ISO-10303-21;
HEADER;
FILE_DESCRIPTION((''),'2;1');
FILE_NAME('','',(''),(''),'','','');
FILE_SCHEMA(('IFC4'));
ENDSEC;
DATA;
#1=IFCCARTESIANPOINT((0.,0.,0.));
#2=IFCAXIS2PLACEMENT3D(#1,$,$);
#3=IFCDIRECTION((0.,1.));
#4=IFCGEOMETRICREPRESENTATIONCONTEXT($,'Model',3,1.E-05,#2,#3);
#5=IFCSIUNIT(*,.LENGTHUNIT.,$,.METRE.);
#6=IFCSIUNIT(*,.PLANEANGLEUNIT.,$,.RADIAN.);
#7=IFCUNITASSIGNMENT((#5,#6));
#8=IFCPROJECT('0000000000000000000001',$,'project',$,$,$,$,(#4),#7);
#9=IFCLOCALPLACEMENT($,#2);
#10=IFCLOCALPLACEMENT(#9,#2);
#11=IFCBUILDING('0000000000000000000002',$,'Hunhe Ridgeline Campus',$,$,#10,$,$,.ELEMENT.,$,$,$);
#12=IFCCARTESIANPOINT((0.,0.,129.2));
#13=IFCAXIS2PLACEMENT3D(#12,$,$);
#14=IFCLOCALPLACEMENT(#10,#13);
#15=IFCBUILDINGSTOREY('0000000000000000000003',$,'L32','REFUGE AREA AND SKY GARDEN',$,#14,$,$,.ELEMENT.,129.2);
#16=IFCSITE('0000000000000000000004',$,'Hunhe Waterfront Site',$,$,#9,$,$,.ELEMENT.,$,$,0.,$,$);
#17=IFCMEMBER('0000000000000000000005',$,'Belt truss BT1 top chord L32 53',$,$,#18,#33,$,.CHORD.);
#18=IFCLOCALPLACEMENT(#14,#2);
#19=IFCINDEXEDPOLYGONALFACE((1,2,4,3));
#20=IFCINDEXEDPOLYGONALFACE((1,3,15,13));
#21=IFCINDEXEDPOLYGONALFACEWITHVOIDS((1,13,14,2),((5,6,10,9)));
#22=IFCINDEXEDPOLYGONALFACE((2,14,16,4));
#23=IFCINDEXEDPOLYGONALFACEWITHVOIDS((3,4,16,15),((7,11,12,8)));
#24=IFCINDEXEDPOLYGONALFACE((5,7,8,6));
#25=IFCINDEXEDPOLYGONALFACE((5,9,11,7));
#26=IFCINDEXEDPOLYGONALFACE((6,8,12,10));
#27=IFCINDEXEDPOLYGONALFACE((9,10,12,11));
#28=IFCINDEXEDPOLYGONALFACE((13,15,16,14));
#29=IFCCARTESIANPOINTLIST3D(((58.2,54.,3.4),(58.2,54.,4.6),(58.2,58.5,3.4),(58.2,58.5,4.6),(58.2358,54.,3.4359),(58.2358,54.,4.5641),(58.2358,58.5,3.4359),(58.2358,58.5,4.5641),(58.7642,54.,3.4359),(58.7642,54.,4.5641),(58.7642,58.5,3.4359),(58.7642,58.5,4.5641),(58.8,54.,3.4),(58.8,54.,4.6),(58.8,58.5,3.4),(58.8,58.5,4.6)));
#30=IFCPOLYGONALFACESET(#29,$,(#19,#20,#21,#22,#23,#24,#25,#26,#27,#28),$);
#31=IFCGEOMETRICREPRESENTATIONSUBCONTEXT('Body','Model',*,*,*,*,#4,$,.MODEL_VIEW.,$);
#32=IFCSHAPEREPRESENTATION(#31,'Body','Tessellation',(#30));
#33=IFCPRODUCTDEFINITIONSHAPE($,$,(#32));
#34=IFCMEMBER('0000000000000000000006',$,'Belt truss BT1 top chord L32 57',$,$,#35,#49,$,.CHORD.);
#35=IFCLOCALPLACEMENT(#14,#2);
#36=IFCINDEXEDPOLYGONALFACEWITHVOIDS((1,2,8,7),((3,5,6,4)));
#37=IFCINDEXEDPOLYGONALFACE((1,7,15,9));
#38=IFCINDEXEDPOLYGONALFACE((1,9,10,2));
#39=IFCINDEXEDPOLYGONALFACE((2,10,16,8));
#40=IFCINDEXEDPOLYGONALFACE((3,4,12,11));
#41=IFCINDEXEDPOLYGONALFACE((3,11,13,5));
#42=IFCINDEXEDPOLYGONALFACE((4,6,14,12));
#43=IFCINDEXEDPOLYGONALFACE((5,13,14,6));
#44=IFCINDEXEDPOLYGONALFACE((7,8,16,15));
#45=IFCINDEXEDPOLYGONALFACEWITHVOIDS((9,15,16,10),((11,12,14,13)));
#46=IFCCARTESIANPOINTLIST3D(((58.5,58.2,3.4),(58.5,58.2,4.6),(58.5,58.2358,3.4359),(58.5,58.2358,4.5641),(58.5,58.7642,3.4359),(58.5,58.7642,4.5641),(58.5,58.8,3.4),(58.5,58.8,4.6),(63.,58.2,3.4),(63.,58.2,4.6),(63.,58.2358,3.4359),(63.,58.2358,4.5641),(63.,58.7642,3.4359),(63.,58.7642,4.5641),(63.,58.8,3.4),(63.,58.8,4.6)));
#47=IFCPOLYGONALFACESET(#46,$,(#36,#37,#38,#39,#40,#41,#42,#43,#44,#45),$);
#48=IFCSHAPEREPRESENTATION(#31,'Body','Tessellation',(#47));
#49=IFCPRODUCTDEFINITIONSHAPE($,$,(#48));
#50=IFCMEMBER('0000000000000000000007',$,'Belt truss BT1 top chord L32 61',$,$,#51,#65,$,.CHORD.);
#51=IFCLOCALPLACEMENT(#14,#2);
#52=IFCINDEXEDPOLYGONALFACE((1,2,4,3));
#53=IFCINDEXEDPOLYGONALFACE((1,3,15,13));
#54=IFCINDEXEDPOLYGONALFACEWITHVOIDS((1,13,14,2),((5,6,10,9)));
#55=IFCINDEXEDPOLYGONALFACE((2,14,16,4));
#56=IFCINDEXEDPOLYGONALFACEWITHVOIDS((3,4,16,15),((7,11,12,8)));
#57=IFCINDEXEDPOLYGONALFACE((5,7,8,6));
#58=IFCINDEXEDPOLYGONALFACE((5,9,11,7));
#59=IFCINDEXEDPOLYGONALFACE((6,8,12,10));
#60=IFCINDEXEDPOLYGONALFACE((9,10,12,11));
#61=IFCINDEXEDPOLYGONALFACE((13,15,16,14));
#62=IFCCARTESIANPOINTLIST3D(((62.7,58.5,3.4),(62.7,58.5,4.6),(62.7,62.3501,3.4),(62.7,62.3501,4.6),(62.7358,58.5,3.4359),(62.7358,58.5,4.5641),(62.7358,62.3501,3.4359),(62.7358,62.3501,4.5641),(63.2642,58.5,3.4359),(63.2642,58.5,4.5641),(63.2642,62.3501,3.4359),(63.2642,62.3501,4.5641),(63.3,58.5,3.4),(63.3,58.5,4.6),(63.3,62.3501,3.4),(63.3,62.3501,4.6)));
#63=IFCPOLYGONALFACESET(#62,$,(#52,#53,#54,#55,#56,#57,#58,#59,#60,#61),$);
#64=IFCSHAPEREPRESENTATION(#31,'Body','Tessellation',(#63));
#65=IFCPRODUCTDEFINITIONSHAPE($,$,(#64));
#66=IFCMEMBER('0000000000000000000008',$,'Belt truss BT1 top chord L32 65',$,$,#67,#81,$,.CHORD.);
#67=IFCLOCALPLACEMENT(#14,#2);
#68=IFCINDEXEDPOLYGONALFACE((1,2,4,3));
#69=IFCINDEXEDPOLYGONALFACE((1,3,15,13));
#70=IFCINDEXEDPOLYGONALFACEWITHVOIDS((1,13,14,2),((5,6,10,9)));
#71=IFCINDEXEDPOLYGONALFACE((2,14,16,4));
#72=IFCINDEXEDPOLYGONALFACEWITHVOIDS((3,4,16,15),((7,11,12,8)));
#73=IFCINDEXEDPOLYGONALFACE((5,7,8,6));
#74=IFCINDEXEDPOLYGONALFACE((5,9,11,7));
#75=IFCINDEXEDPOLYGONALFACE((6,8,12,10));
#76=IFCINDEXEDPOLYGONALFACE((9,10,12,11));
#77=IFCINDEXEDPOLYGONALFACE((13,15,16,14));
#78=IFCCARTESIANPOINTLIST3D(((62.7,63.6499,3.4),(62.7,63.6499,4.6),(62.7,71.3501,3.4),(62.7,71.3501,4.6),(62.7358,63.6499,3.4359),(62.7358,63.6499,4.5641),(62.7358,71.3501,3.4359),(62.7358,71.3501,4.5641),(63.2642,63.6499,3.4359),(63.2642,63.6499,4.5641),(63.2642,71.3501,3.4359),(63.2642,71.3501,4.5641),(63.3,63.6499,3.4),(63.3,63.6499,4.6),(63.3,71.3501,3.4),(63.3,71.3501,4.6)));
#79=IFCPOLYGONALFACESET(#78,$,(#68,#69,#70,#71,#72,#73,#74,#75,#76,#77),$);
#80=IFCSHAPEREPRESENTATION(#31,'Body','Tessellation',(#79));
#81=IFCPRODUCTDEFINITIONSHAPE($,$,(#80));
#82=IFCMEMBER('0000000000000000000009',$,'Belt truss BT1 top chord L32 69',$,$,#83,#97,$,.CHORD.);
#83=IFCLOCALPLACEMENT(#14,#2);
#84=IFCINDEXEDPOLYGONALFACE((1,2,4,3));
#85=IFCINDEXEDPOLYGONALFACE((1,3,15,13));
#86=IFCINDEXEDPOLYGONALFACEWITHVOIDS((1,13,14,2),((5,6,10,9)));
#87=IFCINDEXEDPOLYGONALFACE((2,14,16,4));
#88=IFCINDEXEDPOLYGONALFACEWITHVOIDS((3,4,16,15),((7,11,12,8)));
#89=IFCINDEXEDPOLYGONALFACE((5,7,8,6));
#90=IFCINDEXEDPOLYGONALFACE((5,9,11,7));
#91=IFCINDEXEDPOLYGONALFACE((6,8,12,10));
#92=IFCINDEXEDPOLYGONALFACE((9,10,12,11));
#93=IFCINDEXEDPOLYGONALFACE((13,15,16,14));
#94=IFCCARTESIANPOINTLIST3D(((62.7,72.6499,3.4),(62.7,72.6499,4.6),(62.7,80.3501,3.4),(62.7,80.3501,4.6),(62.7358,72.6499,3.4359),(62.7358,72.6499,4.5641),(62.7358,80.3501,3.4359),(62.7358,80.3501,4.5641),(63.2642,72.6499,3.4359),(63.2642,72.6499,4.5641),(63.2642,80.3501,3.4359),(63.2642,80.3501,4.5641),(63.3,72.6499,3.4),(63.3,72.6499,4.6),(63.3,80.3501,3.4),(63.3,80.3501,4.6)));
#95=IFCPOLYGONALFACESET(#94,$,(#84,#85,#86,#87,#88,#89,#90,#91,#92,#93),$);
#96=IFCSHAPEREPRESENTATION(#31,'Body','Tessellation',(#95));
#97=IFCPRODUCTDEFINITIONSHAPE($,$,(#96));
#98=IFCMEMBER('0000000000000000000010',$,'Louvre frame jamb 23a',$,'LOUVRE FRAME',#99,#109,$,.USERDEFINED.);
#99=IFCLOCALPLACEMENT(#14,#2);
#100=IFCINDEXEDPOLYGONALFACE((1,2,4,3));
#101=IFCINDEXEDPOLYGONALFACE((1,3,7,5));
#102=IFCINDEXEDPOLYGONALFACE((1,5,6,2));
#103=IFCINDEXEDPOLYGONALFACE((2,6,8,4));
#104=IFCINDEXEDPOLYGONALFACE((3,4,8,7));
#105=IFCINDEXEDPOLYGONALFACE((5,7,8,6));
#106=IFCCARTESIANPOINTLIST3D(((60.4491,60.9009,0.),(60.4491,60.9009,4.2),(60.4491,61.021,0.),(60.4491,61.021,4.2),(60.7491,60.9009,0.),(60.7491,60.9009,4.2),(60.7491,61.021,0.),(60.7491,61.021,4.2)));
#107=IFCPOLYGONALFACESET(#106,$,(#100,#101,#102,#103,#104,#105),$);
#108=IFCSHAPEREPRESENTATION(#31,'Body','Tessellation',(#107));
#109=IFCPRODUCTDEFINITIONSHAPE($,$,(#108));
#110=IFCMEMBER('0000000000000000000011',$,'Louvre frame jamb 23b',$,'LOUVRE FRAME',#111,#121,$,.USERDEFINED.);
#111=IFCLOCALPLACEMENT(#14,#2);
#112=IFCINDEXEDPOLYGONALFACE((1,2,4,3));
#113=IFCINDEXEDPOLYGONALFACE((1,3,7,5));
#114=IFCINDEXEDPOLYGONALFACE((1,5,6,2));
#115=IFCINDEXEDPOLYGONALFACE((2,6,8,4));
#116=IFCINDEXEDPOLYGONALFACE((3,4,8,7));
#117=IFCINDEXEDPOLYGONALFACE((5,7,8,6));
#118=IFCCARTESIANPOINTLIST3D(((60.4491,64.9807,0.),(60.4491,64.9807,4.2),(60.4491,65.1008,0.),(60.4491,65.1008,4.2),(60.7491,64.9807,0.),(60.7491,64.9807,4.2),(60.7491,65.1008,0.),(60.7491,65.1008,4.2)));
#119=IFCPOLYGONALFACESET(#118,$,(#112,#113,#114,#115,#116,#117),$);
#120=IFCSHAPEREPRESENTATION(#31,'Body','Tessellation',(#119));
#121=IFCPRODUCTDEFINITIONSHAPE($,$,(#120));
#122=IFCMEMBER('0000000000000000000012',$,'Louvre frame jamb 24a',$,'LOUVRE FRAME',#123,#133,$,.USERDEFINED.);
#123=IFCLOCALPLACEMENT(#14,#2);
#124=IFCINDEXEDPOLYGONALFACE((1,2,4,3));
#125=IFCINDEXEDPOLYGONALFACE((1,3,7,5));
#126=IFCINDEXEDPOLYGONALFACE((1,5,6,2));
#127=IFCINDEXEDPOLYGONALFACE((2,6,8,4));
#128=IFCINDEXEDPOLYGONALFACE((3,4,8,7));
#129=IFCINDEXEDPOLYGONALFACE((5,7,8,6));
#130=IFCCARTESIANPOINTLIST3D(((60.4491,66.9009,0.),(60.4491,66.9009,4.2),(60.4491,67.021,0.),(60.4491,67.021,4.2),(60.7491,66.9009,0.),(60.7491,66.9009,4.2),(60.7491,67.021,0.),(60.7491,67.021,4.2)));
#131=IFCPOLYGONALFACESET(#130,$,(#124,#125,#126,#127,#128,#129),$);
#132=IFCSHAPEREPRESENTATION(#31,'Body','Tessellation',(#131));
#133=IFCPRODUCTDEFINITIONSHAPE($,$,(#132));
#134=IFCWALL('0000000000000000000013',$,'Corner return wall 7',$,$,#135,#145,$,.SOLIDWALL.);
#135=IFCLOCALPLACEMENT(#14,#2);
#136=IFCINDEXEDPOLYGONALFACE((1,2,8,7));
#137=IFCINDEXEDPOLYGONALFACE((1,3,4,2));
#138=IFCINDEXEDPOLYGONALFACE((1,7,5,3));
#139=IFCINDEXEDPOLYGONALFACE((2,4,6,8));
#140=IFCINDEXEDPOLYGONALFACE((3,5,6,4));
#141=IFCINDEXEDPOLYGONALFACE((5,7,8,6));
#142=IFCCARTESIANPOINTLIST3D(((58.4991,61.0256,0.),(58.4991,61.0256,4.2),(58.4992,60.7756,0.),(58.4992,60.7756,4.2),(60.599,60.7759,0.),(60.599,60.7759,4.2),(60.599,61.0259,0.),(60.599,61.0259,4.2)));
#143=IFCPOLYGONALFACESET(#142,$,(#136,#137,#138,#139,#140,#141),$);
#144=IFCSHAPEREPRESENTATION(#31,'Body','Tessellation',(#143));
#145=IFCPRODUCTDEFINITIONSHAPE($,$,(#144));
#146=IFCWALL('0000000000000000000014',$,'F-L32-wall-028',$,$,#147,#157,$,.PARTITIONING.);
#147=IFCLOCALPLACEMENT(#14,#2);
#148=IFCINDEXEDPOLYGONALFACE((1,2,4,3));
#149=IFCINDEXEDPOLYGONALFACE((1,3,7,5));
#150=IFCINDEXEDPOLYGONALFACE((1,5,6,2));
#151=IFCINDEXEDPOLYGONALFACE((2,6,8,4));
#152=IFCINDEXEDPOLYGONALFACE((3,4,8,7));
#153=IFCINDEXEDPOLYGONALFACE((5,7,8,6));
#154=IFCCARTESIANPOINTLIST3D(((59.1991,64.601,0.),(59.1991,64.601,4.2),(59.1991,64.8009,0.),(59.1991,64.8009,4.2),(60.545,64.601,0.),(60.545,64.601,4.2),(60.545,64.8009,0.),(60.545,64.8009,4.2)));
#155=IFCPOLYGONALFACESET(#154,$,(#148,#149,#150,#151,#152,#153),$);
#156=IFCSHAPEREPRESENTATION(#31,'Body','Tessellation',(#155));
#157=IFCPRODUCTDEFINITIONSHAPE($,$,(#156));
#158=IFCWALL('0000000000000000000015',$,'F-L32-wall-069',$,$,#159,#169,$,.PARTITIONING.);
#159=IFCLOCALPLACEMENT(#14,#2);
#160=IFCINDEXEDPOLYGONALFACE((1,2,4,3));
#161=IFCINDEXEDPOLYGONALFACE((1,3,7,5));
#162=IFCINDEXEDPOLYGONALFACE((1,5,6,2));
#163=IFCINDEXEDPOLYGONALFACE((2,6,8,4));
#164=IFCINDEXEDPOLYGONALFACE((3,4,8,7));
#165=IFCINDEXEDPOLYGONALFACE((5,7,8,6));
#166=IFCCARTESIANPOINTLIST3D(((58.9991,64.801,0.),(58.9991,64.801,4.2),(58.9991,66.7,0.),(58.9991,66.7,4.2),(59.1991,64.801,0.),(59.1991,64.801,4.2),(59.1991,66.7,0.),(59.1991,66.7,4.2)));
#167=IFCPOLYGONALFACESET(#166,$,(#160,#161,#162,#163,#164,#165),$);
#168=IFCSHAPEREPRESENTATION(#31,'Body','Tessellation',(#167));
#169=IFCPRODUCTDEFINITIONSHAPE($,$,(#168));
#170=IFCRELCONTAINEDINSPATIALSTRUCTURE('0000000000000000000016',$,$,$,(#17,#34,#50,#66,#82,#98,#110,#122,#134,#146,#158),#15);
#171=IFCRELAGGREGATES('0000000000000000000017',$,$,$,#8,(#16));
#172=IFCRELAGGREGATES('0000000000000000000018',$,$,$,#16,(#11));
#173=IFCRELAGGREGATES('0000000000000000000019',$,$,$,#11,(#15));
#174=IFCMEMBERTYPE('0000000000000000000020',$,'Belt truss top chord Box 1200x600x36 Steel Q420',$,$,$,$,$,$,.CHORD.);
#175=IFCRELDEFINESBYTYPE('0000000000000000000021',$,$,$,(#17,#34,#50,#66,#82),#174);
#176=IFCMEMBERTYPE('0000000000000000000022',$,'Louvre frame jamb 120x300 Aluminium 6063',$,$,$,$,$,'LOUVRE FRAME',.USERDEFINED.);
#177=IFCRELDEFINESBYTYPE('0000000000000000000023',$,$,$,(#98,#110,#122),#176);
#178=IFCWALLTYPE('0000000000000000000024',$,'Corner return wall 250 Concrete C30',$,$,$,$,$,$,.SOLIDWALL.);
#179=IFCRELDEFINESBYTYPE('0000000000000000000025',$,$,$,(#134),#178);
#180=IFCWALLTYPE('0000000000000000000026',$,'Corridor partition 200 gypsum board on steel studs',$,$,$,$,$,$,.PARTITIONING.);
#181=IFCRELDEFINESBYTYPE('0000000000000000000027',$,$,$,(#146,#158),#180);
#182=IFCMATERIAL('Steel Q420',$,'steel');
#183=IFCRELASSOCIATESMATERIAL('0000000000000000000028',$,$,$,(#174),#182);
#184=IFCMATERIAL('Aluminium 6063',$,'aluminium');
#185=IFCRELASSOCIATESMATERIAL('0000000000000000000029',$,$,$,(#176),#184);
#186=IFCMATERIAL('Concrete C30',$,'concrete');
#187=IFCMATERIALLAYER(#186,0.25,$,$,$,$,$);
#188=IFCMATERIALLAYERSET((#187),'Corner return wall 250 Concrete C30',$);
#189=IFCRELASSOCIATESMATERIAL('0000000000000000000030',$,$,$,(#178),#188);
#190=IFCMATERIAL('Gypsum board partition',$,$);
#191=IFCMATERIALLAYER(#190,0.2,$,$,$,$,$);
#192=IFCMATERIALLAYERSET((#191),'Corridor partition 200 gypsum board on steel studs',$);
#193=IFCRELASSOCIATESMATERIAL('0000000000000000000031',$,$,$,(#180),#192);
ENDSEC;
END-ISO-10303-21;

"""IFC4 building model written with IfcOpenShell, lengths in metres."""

from ifc_helpers import new_model, si_unit, direction, frame, frame_2d, origin, origin_2d, place, context, subcontext, project, spatial, rectangle, hollow_rectangle, extrude, material, layer, layer_set, material_profile, profile_set, type_object, element, save


model = new_model("IFC4")

# Units and contexts
model_context = context("Model", 3, precision=1e-05, world=origin(), true_north=direction((0.0, 1.0)))
body_context = subcontext(model_context, "Body", "Model", "MODEL_VIEW")
ifc_project = project(units=[si_unit("LENGTHUNIT", "METRE"), si_unit("PLANEANGLEUNIT", "RADIAN")], contexts=[model_context])

# Site, building, storey
site_placement = place(None, origin())
site = spatial("IfcSite", under=ifc_project, at=site_placement, Name="Hunhe Waterfront Site", CompositionType="ELEMENT", RefElevation=0.0)
building_placement = place(site_placement, origin())
building = spatial("IfcBuilding", under=site, at=building_placement, Name="Hunhe Ridgeline Campus", CompositionType="ELEMENT")
storey_placement = place(building_placement, frame((0.0, 0.0, 129.2)))
storey = spatial("IfcBuildingStorey", under=building, at=storey_placement, Name="L32", Description="REFUGE AREA AND SKY GARDEN", CompositionType="ELEMENT", Elevation=129.2)

# Members
ifc_material_1 = material(Name="Steel Q420", Category="steel")
ifc_material_profile_1 = material_profile(ifc_material_1, hollow_rectangle(XDim=0.6001, YDim=1.2, WallThickness=0.0359, at=origin_2d()))
ifc_profile_set_1 = profile_set([ifc_material_profile_1], Name="Steel Q420")
member_type_1 = type_object("IfcMemberType", Name="Belt truss top chord Box 1200x600x36 Steel Q420", PredefinedType="CHORD", material=ifc_profile_set_1)
for number, where, z_axis, x_axis, name in (
    (1, (58.5, 54.0, 4.0), (0.0, 1.0, 0.0), (-1.0, 0.0, 0.0), "Belt truss BT1 top chord L32 53"),
    (2, (58.5, 58.5, 4.0), (1.0, 0.0, 0.0), (0.0, 1.0, 0.0), "Belt truss BT1 top chord L32 57"),
):
    element("IfcMember", number, at=place(storey_placement, frame(where, z_axis=z_axis, x_axis=x_axis)), inside=storey, type_object=member_type_1, Name=name, PredefinedType="CHORD", context=body_context, shape_type="SweptSolid", body=[
        extrude(hollow_rectangle(XDim=0.6001, YDim=1.2, WallThickness=0.0359, at=origin_2d()), origin(), (0.0, 0.0, 1.0), 4.5),
    ])
member_1_placement = place(storey_placement, frame((63.0, 58.5, 4.0), z_axis=(0.0, 1.0, 0.0), x_axis=(-1.0, 0.0, 0.0)))
element("IfcMember", 3, at=member_1_placement, inside=storey, type_object=member_type_1, Name="Belt truss BT1 top chord L32 61", PredefinedType="CHORD", context=body_context, shape_type="SweptSolid", body=[
    extrude(hollow_rectangle(XDim=0.6001, YDim=1.2, WallThickness=0.0359, at=origin_2d()), origin(), (0.0, 0.0, 1.0), 3.8501),
])
for number, where, z_axis, x_axis, name in (
    (4, (63.0, 63.6499, 4.0), (0.0, 1.0, 0.0), (-1.0, 0.0, 0.0), "Belt truss BT1 top chord L32 65"),
    (5, (63.0, 72.6499, 4.0), (0.0, 1.0, 0.0), (-1.0, 0.0, 0.0), "Belt truss BT1 top chord L32 69"),
):
    element("IfcMember", number, at=place(storey_placement, frame(where, z_axis=z_axis, x_axis=x_axis)), inside=storey, type_object=member_type_1, Name=name, PredefinedType="CHORD", context=body_context, shape_type="SweptSolid", body=[
        extrude(hollow_rectangle(XDim=0.6001, YDim=1.2, WallThickness=0.0359, at=origin_2d()), origin(), (0.0, 0.0, 1.0), 7.7002),
    ])
ifc_material_2 = material(Name="Aluminium 6063", Category="aluminium")
ifc_material_profile_2 = material_profile(ifc_material_2, rectangle(XDim=0.3, YDim=0.1201, at=origin_2d()))
ifc_profile_set_2 = profile_set([ifc_material_profile_2], Name="Aluminium 6063")
member_type_2 = type_object("IfcMemberType", Name="Louvre frame jamb 120x300 Aluminium 6063", ElementType="LOUVRE FRAME", PredefinedType="USERDEFINED", material=ifc_profile_set_2)
for number, where, z_axis, x_axis, name in (
    (6, (60.5991, 60.9609, 0.0), (0.0, 0.0, 1.0), (-1.0, 0.0, 0.0), "Louvre frame jamb 23a"),
    (7, (60.5991, 65.0408, 0.0), (0.0, 0.0, 1.0), (-1.0, 0.0, 0.0), "Louvre frame jamb 23b"),
    (8, (60.5991, 66.9609, 0.0), (0.0, 0.0, 1.0), (-1.0, 0.0, 0.0), "Louvre frame jamb 24a"),
):
    element("IfcMember", number, at=place(storey_placement, frame(where, z_axis=z_axis, x_axis=x_axis)), inside=storey, type_object=member_type_2, Name=name, ObjectType="LOUVRE FRAME", PredefinedType="USERDEFINED", context=body_context, shape_type="SweptSolid", body=[
        extrude(rectangle(XDim=0.3, YDim=0.1201, at=origin_2d()), origin(), (0.0, 0.0, 1.0), 4.2),
    ])

# Walls
ifc_material_3 = material(Name="Concrete C30", Category="concrete")
ifc_layer_1 = layer(ifc_material_3, 0.25)
ifc_layer_set_1 = layer_set([ifc_layer_1], Name="Corner return wall 250 Concrete C30")
wall_type_1 = type_object("IfcWallType", Name="Corner return wall 250 Concrete C30", PredefinedType="SOLIDWALL", material=ifc_layer_set_1)
wall_1_placement = place(storey_placement, frame((58.4993, 60.9006, 0.0), z_axis=(0.0, 0.0, 1.0), x_axis=(1.0, 0.000116, 0.0)))
element("IfcWall", 9, at=wall_1_placement, inside=storey, type_object=wall_type_1, Name="Corner return wall 7", PredefinedType="SOLIDWALL", context=body_context, shape_type="SweptSolid", body=[
    extrude(rectangle(XDim=2.0999, YDim=0.25, at=frame_2d((1.0498, 0.0))), origin(), (0.0, 0.0, 1.0), 4.2),
])
ifc_material_4 = material(Name="Gypsum board partition")
ifc_layer_2 = layer(ifc_material_4, 0.2)
ifc_layer_set_2 = layer_set([ifc_layer_2], Name="Corridor partition 200 gypsum board on steel studs")
wall_type_2 = type_object("IfcWallType", Name="Corridor partition 200 gypsum board on steel studs", PredefinedType="PARTITIONING", material=ifc_layer_set_2)
wall_2_placement = place(storey_placement, frame((60.5449, 64.7009, 0.0), z_axis=(0.0, 0.0, 1.0), x_axis=(-1.0, 0.0, 0.0)))
element("IfcWall", 10, at=wall_2_placement, inside=storey, type_object=wall_type_2, Name="F-L32-wall-028", PredefinedType="PARTITIONING", context=body_context, shape_type="SweptSolid", body=[
    extrude(rectangle(XDim=1.3459, YDim=0.2, at=frame_2d((0.6729, 0.0))), origin(), (0.0, 0.0, 1.0), 4.2),
])

# Wall
wall_3_placement = place(storey_placement, frame((59.0991, 64.801, 0.0), z_axis=(0.0, 0.0, 1.0), x_axis=(0.0, 1.0, 0.0)))
element("IfcWall", 11, at=wall_3_placement, inside=storey, type_object=wall_type_2, Name="F-L32-wall-069", PredefinedType="PARTITIONING", context=body_context, shape_type="SweptSolid", body=[
    extrude(rectangle(XDim=1.8989, YDim=0.2, at=frame_2d((0.9495, 0.0))), origin(), (0.0, 0.0, 1.0), 4.2),
])

save(model, "model.ifc")
